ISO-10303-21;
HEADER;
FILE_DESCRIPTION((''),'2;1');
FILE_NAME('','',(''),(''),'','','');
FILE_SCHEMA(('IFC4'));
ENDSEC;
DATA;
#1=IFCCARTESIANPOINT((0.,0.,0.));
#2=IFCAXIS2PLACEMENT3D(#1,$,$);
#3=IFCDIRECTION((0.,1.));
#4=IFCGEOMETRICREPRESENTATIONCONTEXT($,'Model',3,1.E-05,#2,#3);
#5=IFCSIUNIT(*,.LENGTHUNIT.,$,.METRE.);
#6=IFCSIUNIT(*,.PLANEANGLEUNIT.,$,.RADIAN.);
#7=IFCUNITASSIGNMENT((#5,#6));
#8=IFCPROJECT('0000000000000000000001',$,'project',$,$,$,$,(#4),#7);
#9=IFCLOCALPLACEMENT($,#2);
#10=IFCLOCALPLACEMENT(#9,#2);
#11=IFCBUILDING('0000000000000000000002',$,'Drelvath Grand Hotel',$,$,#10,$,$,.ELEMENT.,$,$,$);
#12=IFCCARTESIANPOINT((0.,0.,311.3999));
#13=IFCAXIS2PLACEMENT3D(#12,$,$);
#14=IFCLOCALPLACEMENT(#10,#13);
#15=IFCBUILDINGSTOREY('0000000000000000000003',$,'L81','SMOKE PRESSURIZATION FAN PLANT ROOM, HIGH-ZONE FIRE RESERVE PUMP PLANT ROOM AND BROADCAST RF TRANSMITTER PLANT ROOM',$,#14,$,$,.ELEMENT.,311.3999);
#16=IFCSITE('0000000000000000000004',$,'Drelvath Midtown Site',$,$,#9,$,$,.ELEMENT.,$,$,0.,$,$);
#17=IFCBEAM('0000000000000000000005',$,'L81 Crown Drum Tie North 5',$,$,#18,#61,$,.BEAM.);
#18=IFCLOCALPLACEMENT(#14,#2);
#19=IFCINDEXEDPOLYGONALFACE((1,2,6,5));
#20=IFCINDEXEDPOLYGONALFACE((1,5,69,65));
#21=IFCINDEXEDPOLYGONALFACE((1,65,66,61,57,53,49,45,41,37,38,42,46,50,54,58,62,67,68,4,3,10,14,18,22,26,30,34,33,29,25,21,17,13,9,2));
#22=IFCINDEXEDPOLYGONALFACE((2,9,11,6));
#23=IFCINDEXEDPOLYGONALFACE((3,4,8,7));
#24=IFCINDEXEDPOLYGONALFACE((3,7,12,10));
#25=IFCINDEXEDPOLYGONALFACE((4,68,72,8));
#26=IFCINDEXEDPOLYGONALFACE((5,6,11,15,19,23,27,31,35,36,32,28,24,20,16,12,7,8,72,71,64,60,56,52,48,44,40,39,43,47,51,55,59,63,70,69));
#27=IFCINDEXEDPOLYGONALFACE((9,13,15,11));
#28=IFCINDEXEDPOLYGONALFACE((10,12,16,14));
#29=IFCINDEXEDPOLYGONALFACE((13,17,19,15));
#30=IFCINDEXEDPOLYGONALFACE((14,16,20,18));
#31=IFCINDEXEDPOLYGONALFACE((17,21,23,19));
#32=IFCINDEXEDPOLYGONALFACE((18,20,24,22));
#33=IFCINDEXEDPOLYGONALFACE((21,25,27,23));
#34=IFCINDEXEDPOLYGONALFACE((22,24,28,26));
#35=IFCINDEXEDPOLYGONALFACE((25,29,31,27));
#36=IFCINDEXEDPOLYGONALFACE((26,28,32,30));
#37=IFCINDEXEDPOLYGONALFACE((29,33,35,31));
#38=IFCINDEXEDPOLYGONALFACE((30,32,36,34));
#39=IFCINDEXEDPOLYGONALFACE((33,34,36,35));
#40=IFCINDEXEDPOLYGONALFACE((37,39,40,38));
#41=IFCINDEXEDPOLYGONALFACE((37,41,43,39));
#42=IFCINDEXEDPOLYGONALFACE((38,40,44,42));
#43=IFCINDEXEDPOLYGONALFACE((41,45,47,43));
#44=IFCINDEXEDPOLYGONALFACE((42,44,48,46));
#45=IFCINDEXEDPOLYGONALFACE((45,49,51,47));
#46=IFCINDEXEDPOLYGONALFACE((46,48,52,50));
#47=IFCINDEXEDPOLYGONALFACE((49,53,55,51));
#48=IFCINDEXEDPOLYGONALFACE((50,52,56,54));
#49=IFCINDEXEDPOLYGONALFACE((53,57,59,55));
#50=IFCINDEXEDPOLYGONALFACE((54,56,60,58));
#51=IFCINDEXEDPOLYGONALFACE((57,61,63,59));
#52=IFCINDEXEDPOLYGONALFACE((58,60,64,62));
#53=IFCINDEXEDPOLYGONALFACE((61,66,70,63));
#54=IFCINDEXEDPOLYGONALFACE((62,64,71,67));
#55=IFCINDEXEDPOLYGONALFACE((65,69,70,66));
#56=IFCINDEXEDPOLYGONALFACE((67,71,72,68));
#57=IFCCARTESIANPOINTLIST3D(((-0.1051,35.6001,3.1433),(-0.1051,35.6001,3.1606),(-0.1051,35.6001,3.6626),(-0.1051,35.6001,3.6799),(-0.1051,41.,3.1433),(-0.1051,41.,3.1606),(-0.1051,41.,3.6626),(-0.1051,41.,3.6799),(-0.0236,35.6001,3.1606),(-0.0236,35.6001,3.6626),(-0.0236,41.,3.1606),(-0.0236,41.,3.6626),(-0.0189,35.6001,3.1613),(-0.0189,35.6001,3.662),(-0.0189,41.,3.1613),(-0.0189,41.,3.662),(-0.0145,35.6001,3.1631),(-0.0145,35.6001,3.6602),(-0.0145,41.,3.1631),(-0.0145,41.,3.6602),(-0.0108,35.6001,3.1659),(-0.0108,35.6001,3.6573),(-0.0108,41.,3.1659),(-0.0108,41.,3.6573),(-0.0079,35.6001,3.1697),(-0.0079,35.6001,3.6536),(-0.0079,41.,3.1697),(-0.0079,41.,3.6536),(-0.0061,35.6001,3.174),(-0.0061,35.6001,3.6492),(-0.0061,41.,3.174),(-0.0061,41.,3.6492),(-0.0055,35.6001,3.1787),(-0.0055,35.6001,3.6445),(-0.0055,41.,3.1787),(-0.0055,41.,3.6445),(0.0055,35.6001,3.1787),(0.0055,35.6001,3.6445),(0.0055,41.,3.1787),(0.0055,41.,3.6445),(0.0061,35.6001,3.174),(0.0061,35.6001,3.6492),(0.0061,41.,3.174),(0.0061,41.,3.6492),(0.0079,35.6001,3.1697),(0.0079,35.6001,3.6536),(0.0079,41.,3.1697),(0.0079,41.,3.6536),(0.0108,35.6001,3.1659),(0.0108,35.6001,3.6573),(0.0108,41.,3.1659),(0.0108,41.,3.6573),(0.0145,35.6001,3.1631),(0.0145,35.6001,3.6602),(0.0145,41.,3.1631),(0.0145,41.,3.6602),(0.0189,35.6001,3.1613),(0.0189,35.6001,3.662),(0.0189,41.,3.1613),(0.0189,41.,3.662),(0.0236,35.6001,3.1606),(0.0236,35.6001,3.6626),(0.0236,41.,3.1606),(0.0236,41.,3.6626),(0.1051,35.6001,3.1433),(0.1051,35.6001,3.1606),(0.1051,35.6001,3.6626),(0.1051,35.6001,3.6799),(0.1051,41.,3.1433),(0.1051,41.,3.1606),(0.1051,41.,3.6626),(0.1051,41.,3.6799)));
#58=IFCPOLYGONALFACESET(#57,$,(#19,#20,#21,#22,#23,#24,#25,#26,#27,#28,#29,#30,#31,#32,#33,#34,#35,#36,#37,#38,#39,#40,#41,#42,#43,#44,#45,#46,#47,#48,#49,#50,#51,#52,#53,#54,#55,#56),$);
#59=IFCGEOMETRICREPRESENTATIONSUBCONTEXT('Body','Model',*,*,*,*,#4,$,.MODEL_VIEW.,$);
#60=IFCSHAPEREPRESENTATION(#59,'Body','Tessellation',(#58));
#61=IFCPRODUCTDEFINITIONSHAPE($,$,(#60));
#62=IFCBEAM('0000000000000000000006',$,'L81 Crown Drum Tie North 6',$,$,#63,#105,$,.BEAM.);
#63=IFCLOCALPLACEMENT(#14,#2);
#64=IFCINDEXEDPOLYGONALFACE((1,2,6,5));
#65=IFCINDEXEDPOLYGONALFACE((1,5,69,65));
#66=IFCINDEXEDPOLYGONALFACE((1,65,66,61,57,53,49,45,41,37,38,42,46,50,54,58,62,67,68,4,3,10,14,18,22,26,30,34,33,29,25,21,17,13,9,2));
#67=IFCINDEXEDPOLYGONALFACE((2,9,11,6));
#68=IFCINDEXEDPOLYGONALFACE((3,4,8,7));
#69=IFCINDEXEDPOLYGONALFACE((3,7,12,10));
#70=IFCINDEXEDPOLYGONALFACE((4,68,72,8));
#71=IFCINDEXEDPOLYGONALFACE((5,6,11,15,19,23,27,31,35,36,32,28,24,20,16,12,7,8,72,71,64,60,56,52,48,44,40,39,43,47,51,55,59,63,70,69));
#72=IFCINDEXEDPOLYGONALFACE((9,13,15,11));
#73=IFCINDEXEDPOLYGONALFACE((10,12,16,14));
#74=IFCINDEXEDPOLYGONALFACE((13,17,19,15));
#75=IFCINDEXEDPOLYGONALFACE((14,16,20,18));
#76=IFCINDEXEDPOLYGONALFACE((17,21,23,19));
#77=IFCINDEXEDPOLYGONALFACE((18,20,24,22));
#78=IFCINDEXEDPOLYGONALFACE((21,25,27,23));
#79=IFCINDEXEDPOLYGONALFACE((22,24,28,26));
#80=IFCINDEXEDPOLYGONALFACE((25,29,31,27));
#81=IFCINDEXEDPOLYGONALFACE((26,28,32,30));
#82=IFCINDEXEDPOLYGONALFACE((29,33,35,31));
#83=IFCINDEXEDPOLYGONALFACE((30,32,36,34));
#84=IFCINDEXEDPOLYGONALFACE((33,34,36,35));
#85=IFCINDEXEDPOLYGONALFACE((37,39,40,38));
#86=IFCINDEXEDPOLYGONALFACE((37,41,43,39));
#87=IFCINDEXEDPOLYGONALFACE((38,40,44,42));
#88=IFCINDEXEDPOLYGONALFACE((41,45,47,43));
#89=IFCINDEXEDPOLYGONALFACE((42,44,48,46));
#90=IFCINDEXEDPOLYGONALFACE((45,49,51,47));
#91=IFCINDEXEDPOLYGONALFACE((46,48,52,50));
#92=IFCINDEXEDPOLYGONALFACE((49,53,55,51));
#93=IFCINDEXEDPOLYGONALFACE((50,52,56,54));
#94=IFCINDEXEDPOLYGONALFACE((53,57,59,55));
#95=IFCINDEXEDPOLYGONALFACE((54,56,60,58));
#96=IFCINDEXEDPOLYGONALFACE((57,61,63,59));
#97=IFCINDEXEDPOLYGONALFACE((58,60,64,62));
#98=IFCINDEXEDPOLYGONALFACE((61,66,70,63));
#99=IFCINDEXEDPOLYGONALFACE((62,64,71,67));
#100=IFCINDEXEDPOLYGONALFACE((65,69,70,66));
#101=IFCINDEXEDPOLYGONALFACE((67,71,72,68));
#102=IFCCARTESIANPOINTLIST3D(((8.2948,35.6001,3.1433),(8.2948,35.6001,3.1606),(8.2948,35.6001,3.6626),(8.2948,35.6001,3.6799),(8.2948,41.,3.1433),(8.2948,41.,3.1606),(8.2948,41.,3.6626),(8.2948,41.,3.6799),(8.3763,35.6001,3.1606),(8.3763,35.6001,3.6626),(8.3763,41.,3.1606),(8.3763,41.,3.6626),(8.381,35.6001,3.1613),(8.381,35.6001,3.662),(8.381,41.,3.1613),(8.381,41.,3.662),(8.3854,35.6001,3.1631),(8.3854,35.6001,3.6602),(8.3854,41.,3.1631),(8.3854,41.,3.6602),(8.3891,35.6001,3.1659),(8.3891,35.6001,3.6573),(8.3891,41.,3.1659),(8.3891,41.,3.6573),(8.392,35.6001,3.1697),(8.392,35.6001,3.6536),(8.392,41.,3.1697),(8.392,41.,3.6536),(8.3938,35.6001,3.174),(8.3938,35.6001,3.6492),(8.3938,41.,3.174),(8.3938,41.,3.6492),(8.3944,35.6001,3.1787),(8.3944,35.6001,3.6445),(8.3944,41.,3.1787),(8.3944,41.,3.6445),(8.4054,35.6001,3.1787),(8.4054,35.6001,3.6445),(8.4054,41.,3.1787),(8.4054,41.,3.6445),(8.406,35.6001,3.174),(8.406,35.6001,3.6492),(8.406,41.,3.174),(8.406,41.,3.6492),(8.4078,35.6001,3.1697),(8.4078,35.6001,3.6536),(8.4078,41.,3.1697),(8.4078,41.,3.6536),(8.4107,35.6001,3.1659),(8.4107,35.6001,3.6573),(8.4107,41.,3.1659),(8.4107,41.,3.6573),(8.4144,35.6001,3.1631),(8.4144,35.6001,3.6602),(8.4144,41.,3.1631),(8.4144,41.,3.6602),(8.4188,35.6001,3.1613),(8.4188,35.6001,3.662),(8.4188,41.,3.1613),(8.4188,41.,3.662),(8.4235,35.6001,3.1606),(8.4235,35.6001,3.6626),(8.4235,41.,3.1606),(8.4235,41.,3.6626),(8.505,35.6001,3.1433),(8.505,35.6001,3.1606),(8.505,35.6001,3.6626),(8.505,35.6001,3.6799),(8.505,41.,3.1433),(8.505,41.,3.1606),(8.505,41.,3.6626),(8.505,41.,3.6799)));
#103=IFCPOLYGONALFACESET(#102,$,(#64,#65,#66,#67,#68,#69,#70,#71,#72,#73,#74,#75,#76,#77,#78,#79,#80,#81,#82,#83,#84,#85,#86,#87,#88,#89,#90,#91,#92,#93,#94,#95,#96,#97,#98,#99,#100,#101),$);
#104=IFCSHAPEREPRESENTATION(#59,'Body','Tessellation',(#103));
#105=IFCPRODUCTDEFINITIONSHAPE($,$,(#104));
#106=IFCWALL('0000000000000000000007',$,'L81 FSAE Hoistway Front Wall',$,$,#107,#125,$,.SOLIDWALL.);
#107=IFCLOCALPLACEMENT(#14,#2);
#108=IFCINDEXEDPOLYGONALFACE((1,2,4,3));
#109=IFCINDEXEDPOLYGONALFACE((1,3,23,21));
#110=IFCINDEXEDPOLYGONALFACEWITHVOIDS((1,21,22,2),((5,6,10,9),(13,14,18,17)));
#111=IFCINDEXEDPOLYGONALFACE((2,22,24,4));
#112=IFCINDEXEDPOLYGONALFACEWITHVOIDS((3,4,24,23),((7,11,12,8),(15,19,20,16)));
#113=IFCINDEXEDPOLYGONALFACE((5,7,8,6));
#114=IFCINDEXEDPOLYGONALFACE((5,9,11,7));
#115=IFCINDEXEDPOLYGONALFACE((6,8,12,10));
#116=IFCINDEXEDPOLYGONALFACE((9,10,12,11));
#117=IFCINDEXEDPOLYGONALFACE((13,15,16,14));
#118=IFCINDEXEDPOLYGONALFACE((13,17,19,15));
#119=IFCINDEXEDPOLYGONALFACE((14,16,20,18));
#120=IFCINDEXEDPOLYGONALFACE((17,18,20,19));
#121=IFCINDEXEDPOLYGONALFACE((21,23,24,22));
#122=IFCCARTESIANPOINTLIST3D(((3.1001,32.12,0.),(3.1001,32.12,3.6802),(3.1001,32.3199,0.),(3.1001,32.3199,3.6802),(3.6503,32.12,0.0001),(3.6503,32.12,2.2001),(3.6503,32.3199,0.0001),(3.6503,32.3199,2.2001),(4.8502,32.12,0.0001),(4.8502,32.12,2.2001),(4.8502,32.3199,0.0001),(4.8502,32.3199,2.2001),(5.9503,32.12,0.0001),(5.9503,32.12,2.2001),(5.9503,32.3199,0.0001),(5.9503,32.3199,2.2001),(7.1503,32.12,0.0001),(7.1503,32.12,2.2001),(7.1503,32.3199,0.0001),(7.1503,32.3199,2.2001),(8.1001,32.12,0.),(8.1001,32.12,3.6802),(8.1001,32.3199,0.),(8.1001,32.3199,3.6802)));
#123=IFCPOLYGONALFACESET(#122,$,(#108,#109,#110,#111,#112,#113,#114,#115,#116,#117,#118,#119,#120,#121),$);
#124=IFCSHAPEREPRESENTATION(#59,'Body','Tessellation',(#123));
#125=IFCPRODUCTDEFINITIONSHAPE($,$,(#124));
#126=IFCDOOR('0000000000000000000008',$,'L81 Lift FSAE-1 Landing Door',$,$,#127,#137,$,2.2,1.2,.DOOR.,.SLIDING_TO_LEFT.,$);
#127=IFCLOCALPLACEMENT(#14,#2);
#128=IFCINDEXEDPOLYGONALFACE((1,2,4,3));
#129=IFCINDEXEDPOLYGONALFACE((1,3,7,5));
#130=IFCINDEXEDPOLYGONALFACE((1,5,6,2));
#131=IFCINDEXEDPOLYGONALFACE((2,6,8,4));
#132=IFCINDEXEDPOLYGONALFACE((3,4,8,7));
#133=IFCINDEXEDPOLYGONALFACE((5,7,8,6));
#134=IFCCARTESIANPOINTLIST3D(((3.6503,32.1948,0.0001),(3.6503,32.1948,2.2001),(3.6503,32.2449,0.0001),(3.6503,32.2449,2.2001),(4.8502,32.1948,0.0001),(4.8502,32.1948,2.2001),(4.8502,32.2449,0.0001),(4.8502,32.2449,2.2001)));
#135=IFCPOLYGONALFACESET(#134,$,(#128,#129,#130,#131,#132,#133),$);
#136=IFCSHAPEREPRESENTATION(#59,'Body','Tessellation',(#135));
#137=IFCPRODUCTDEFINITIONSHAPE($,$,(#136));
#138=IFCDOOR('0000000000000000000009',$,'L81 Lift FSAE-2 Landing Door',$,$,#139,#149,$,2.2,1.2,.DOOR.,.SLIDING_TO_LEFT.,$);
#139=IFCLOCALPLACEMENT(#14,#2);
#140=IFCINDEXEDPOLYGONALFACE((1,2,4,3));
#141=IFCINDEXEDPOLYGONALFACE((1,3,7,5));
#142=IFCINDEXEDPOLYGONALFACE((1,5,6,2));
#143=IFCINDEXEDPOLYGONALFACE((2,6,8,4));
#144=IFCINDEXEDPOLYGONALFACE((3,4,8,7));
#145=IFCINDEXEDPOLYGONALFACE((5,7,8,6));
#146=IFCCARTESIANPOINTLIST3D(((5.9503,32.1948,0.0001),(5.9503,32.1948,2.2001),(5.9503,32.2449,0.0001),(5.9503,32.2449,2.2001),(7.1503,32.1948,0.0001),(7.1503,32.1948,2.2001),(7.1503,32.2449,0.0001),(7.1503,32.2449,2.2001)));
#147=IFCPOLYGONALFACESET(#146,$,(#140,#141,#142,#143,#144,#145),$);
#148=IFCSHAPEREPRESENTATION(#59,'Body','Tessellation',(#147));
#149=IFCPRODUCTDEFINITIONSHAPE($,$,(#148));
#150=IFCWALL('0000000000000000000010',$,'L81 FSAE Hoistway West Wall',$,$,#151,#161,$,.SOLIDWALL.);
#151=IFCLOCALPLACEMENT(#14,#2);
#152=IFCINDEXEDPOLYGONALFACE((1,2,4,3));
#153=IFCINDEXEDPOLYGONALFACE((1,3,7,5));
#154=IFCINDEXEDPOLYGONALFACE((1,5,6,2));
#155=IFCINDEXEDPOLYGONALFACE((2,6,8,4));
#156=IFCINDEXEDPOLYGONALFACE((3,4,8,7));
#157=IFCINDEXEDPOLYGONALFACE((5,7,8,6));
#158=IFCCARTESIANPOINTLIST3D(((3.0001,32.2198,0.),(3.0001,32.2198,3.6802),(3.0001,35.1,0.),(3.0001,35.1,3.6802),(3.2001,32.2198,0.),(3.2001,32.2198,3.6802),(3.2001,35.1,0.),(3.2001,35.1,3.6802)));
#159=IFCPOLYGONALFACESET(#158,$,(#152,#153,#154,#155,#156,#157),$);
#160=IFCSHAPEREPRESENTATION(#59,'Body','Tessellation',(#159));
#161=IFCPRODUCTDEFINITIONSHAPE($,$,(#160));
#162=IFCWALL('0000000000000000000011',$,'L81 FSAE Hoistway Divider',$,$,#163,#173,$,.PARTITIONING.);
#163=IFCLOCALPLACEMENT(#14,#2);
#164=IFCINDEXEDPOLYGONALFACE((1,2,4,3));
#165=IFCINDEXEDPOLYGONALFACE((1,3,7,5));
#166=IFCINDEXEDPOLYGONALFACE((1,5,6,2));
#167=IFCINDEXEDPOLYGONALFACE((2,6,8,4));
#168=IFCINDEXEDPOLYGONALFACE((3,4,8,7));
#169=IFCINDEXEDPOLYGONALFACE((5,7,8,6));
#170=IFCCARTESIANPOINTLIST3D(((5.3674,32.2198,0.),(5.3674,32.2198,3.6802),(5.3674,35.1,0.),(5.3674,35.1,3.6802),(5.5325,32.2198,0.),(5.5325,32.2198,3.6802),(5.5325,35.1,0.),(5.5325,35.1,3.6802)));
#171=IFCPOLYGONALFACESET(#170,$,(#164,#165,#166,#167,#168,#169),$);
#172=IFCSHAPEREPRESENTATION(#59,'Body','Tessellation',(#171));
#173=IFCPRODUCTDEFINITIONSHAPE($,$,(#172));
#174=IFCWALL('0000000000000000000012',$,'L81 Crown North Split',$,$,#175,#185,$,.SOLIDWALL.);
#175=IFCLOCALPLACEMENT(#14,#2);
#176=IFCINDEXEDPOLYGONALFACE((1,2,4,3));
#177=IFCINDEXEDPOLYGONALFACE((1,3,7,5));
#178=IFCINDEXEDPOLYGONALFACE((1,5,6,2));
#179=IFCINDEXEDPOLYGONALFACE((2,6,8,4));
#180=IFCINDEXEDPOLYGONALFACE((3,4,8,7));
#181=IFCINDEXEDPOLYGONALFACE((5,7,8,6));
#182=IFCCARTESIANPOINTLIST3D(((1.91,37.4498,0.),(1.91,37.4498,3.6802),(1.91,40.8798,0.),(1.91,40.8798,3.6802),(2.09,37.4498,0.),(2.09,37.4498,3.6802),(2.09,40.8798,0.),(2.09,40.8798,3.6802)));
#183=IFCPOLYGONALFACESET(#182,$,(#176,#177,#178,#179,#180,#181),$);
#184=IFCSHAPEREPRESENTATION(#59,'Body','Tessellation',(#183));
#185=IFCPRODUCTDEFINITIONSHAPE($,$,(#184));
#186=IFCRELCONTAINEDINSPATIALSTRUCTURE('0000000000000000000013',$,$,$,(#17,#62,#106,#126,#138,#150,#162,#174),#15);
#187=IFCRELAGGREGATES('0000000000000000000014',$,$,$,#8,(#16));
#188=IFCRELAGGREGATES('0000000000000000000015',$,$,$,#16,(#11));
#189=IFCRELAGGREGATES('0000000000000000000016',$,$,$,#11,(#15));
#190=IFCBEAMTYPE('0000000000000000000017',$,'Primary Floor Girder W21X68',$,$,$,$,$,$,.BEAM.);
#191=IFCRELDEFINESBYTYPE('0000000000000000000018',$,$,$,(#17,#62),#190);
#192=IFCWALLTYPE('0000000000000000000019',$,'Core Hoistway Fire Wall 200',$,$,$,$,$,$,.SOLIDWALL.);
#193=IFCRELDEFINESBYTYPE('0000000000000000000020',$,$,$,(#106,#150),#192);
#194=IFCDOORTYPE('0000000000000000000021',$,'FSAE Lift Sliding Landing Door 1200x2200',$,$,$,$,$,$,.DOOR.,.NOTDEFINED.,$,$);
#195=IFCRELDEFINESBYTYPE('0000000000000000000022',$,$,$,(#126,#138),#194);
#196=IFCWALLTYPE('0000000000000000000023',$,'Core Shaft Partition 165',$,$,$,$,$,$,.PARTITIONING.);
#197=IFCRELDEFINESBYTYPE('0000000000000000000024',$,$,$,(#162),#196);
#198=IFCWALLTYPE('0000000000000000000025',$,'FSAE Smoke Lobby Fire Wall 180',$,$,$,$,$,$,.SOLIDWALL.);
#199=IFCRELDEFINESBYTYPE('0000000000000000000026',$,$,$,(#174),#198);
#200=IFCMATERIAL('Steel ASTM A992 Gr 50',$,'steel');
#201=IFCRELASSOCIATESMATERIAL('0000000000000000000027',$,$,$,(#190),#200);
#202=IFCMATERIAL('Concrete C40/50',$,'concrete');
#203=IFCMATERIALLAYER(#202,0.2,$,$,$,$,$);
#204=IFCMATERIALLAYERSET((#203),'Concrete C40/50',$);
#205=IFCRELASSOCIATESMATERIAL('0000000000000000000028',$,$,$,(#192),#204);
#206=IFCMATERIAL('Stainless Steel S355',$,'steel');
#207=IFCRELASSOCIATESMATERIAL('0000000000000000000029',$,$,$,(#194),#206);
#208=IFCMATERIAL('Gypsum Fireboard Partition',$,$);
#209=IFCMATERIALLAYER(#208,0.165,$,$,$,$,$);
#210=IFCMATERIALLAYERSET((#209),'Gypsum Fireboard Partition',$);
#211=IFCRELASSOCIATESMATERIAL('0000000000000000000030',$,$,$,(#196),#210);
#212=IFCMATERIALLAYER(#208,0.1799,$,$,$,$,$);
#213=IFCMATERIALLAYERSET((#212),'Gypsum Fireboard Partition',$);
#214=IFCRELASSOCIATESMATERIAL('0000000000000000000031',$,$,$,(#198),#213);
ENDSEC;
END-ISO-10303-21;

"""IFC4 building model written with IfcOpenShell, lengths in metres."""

from ifc_helpers import new_model, si_unit, direction, frame, frame_2d, origin, origin_2d, place, context, subcontext, project, spatial, rectangle, i_section, extrude, material, layer, layer_set, material_profile, profile_set, type_object, element, fill, save


model = new_model("IFC4")

# Units and contexts
model_context = context("Model", 3, precision=1e-05, world=origin(), true_north=direction((0.0, 1.0)))
body_context = subcontext(model_context, "Body", "Model", "MODEL_VIEW")
ifc_project = project(units=[si_unit("LENGTHUNIT", "METRE"), si_unit("PLANEANGLEUNIT", "RADIAN")], contexts=[model_context])

# Site, building, storey
site_placement = place(None, origin())
site = spatial("IfcSite", under=ifc_project, at=site_placement, Name="Drelvath Midtown Site", CompositionType="ELEMENT", RefElevation=0.0)
building_placement = place(site_placement, origin())
building = spatial("IfcBuilding", under=site, at=building_placement, Name="Drelvath Grand Hotel", CompositionType="ELEMENT")
storey_placement = place(building_placement, frame((0.0, 0.0, 311.3999)))
storey = spatial("IfcBuildingStorey", under=building, at=storey_placement, Name="L81", Description="SMOKE PRESSURIZATION FAN PLANT ROOM, HIGH-ZONE FIRE RESERVE PUMP PLANT ROOM AND BROADCAST RF TRANSMITTER PLANT ROOM", CompositionType="ELEMENT", Elevation=311.3999)

# Beams
ifc_material_1 = material(Name="Steel ASTM A992 Gr 50", Category="steel")
ifc_material_profile_1 = material_profile(ifc_material_1, i_section(OverallWidth=0.2102, OverallDepth=0.5366, WebThickness=0.011, FlangeThickness=0.0173, FilletRadius=0.0181, at=origin_2d()), Name="W21X68")
ifc_profile_set_1 = profile_set([ifc_material_profile_1], Name="Steel ASTM A992 Gr 50")
beam_type = type_object("IfcBeamType", Name="Primary Floor Girder W21X68", PredefinedType="BEAM", material=ifc_profile_set_1)
for number, where, z_axis, x_axis, name in (
    (1, (0.0, 35.6001, 3.4116), (0.0, 1.0, 0.0), (-1.0, 0.0, 0.0), "L81 Crown Drum Tie North 5"),
    (2, (8.3999, 35.6001, 3.4116), (0.0, 1.0, 0.0), (-1.0, 0.0, 0.0), "L81 Crown Drum Tie North 6"),
):
    element("IfcBeam", number, at=place(storey_placement, frame(where, z_axis=z_axis, x_axis=x_axis)), inside=storey, type_object=beam_type, Name=name, PredefinedType="BEAM", context=body_context, shape_type="SweptSolid", body=[
        extrude(i_section(OverallWidth=0.2102, OverallDepth=0.5366, WebThickness=0.011, FlangeThickness=0.0173, FilletRadius=0.0181, at=origin_2d()), origin(), (0.0, 0.0, 1.0), 5.3999),
    ])

# Wall, openings, doors
ifc_material_2 = material(Name="Concrete C40/50", Category="concrete")
ifc_layer_1 = layer(ifc_material_2, 0.2)
ifc_layer_set_1 = layer_set([ifc_layer_1], Name="Concrete C40/50")
wall_type_1 = type_object("IfcWallType", Name="Core Hoistway Fire Wall 200", PredefinedType="SOLIDWALL", material=ifc_layer_set_1)
wall_1_placement = place(storey_placement, frame((3.1001, 32.22, 0.0), z_axis=(0.0, 0.0, 1.0), x_axis=(1.0, 0.0, 0.0)))
wall_1 = element("IfcWall", 3, at=wall_1_placement, inside=storey, type_object=wall_type_1, Name="L81 FSAE Hoistway Front Wall", PredefinedType="SOLIDWALL", context=body_context, shape_type="SweptSolid", body=[
    extrude(rectangle(XDim=5.0, YDim=0.2, at=frame_2d((2.5, 0.0))), origin(), (0.0, 0.0, 1.0), 3.6802),
])
opening_1_placement = place(wall_1_placement, frame((0.55, 0.0, 0.0)))
opening_1 = element("IfcOpeningElement", 4, at=opening_1_placement, cuts=wall_1, PredefinedType="OPENING", context=body_context, shape_type="SweptSolid", body=[
    extrude(rectangle(XDim=1.2, YDim=2.2, at=frame_2d((0.6001, 1.1001))), frame((0.0, 0.1099, 0.0), z_axis=(0.0, -1.0, 0.0), x_axis=(1.0, 0.0, 0.0)), (0.0, 0.0, 1.0), 0.22),
])
opening_2_placement = place(wall_1_placement, frame((2.8501, 0.0, 0.0)))
opening_2 = element("IfcOpeningElement", 5, at=opening_2_placement, cuts=wall_1, PredefinedType="OPENING", context=body_context, shape_type="SweptSolid", body=[
    extrude(rectangle(XDim=1.2, YDim=2.2, at=frame_2d((0.6001, 1.1001))), frame((0.0, 0.1099, 0.0), z_axis=(0.0, -1.0, 0.0), x_axis=(1.0, 0.0, 0.0)), (0.0, 0.0, 1.0), 0.22),
])
ifc_material_3 = material(Name="Stainless Steel S355", Category="steel")
door_type_1 = type_object("IfcDoorType", Name="FSAE Lift Sliding Landing Door 1200x2200", OperationType="NOTDEFINED", PredefinedType="DOOR", material=ifc_material_3)
door_1_placement = place(opening_1_placement, origin())
door_1 = element("IfcDoor", 6, at=door_1_placement, inside=storey, type_object=door_type_1, Name="L81 Lift FSAE-1 Landing Door", OperationType="SLIDING_TO_LEFT", OverallHeight=2.2, OverallWidth=1.2, PredefinedType="DOOR", context=body_context, shape_type="SweptSolid", body=[
    extrude(rectangle(XDim=1.2, YDim=2.2, at=frame_2d((0.6001, 1.1001))), frame((0.0, 0.0249, 0.0), z_axis=(0.0, -1.0, 0.0), x_axis=(1.0, 0.0, 0.0)), (0.0, 0.0, 1.0), 0.05),
])
fill(opening_1, door_1)
door_2_placement = place(opening_2_placement, origin())
door_2 = element("IfcDoor", 7, at=door_2_placement, inside=storey, type_object=door_type_1, Name="L81 Lift FSAE-2 Landing Door", OperationType="SLIDING_TO_LEFT", OverallHeight=2.2, OverallWidth=1.2, PredefinedType="DOOR", context=body_context, shape_type="SweptSolid", body=[
    extrude(rectangle(XDim=1.2, YDim=2.2, at=frame_2d((0.6001, 1.1001))), frame((0.0, 0.0249, 0.0), z_axis=(0.0, -1.0, 0.0), x_axis=(1.0, 0.0, 0.0)), (0.0, 0.0, 1.0), 0.05),
])
fill(opening_2, door_2)

# Walls
wall_2_placement = place(storey_placement, frame((3.1001, 32.22, 0.0), z_axis=(0.0, 0.0, 1.0), x_axis=(0.0, 1.0, 0.0)))
element("IfcWall", 8, at=wall_2_placement, inside=storey, type_object=wall_type_1, Name="L81 FSAE Hoistway West Wall", PredefinedType="SOLIDWALL", context=body_context, shape_type="SweptSolid", body=[
    extrude(rectangle(XDim=2.8801, YDim=0.2, at=frame_2d((1.4399, 0.0))), origin(), (0.0, 0.0, 1.0), 3.6802),
])
ifc_material_4 = material(Name="Gypsum Fireboard Partition")
ifc_layer_2 = layer(ifc_material_4, 0.165)
ifc_layer_set_2 = layer_set([ifc_layer_2], Name="Gypsum Fireboard Partition")
wall_type_2 = type_object("IfcWallType", Name="Core Shaft Partition 165", PredefinedType="PARTITIONING", material=ifc_layer_set_2)
wall_3_placement = place(storey_placement, frame((5.45, 32.22, 0.0), z_axis=(0.0, 0.0, 1.0), x_axis=(0.0, 1.0, 0.0)))
element("IfcWall", 9, at=wall_3_placement, inside=storey, type_object=wall_type_2, Name="L81 FSAE Hoistway Divider", PredefinedType="PARTITIONING", context=body_context, shape_type="SweptSolid", body=[
    extrude(rectangle(XDim=2.8801, YDim=0.165, at=frame_2d((1.4399, 0.0))), origin(), (0.0, 0.0, 1.0), 3.6802),
])
ifc_layer_3 = layer(ifc_material_4, 0.1799)
ifc_layer_set_3 = layer_set([ifc_layer_3], Name="Gypsum Fireboard Partition")
wall_type_3 = type_object("IfcWallType", Name="FSAE Smoke Lobby Fire Wall 180", PredefinedType="SOLIDWALL", material=ifc_layer_set_3)
wall_4_placement = place(storey_placement, frame((2.0, 37.45, 0.0), z_axis=(0.0, 0.0, 1.0), x_axis=(0.0, 1.0, 0.0)))
element("IfcWall", 10, at=wall_4_placement, inside=storey, type_object=wall_type_3, Name="L81 Crown North Split", PredefinedType="SOLIDWALL", context=body_context, shape_type="SweptSolid", body=[
    extrude(rectangle(XDim=3.4299, YDim=0.1799, at=frame_2d((1.7148, 0.0))), origin(), (0.0, 0.0, 1.0), 3.6802),
])

save(model, "model.ifc")
